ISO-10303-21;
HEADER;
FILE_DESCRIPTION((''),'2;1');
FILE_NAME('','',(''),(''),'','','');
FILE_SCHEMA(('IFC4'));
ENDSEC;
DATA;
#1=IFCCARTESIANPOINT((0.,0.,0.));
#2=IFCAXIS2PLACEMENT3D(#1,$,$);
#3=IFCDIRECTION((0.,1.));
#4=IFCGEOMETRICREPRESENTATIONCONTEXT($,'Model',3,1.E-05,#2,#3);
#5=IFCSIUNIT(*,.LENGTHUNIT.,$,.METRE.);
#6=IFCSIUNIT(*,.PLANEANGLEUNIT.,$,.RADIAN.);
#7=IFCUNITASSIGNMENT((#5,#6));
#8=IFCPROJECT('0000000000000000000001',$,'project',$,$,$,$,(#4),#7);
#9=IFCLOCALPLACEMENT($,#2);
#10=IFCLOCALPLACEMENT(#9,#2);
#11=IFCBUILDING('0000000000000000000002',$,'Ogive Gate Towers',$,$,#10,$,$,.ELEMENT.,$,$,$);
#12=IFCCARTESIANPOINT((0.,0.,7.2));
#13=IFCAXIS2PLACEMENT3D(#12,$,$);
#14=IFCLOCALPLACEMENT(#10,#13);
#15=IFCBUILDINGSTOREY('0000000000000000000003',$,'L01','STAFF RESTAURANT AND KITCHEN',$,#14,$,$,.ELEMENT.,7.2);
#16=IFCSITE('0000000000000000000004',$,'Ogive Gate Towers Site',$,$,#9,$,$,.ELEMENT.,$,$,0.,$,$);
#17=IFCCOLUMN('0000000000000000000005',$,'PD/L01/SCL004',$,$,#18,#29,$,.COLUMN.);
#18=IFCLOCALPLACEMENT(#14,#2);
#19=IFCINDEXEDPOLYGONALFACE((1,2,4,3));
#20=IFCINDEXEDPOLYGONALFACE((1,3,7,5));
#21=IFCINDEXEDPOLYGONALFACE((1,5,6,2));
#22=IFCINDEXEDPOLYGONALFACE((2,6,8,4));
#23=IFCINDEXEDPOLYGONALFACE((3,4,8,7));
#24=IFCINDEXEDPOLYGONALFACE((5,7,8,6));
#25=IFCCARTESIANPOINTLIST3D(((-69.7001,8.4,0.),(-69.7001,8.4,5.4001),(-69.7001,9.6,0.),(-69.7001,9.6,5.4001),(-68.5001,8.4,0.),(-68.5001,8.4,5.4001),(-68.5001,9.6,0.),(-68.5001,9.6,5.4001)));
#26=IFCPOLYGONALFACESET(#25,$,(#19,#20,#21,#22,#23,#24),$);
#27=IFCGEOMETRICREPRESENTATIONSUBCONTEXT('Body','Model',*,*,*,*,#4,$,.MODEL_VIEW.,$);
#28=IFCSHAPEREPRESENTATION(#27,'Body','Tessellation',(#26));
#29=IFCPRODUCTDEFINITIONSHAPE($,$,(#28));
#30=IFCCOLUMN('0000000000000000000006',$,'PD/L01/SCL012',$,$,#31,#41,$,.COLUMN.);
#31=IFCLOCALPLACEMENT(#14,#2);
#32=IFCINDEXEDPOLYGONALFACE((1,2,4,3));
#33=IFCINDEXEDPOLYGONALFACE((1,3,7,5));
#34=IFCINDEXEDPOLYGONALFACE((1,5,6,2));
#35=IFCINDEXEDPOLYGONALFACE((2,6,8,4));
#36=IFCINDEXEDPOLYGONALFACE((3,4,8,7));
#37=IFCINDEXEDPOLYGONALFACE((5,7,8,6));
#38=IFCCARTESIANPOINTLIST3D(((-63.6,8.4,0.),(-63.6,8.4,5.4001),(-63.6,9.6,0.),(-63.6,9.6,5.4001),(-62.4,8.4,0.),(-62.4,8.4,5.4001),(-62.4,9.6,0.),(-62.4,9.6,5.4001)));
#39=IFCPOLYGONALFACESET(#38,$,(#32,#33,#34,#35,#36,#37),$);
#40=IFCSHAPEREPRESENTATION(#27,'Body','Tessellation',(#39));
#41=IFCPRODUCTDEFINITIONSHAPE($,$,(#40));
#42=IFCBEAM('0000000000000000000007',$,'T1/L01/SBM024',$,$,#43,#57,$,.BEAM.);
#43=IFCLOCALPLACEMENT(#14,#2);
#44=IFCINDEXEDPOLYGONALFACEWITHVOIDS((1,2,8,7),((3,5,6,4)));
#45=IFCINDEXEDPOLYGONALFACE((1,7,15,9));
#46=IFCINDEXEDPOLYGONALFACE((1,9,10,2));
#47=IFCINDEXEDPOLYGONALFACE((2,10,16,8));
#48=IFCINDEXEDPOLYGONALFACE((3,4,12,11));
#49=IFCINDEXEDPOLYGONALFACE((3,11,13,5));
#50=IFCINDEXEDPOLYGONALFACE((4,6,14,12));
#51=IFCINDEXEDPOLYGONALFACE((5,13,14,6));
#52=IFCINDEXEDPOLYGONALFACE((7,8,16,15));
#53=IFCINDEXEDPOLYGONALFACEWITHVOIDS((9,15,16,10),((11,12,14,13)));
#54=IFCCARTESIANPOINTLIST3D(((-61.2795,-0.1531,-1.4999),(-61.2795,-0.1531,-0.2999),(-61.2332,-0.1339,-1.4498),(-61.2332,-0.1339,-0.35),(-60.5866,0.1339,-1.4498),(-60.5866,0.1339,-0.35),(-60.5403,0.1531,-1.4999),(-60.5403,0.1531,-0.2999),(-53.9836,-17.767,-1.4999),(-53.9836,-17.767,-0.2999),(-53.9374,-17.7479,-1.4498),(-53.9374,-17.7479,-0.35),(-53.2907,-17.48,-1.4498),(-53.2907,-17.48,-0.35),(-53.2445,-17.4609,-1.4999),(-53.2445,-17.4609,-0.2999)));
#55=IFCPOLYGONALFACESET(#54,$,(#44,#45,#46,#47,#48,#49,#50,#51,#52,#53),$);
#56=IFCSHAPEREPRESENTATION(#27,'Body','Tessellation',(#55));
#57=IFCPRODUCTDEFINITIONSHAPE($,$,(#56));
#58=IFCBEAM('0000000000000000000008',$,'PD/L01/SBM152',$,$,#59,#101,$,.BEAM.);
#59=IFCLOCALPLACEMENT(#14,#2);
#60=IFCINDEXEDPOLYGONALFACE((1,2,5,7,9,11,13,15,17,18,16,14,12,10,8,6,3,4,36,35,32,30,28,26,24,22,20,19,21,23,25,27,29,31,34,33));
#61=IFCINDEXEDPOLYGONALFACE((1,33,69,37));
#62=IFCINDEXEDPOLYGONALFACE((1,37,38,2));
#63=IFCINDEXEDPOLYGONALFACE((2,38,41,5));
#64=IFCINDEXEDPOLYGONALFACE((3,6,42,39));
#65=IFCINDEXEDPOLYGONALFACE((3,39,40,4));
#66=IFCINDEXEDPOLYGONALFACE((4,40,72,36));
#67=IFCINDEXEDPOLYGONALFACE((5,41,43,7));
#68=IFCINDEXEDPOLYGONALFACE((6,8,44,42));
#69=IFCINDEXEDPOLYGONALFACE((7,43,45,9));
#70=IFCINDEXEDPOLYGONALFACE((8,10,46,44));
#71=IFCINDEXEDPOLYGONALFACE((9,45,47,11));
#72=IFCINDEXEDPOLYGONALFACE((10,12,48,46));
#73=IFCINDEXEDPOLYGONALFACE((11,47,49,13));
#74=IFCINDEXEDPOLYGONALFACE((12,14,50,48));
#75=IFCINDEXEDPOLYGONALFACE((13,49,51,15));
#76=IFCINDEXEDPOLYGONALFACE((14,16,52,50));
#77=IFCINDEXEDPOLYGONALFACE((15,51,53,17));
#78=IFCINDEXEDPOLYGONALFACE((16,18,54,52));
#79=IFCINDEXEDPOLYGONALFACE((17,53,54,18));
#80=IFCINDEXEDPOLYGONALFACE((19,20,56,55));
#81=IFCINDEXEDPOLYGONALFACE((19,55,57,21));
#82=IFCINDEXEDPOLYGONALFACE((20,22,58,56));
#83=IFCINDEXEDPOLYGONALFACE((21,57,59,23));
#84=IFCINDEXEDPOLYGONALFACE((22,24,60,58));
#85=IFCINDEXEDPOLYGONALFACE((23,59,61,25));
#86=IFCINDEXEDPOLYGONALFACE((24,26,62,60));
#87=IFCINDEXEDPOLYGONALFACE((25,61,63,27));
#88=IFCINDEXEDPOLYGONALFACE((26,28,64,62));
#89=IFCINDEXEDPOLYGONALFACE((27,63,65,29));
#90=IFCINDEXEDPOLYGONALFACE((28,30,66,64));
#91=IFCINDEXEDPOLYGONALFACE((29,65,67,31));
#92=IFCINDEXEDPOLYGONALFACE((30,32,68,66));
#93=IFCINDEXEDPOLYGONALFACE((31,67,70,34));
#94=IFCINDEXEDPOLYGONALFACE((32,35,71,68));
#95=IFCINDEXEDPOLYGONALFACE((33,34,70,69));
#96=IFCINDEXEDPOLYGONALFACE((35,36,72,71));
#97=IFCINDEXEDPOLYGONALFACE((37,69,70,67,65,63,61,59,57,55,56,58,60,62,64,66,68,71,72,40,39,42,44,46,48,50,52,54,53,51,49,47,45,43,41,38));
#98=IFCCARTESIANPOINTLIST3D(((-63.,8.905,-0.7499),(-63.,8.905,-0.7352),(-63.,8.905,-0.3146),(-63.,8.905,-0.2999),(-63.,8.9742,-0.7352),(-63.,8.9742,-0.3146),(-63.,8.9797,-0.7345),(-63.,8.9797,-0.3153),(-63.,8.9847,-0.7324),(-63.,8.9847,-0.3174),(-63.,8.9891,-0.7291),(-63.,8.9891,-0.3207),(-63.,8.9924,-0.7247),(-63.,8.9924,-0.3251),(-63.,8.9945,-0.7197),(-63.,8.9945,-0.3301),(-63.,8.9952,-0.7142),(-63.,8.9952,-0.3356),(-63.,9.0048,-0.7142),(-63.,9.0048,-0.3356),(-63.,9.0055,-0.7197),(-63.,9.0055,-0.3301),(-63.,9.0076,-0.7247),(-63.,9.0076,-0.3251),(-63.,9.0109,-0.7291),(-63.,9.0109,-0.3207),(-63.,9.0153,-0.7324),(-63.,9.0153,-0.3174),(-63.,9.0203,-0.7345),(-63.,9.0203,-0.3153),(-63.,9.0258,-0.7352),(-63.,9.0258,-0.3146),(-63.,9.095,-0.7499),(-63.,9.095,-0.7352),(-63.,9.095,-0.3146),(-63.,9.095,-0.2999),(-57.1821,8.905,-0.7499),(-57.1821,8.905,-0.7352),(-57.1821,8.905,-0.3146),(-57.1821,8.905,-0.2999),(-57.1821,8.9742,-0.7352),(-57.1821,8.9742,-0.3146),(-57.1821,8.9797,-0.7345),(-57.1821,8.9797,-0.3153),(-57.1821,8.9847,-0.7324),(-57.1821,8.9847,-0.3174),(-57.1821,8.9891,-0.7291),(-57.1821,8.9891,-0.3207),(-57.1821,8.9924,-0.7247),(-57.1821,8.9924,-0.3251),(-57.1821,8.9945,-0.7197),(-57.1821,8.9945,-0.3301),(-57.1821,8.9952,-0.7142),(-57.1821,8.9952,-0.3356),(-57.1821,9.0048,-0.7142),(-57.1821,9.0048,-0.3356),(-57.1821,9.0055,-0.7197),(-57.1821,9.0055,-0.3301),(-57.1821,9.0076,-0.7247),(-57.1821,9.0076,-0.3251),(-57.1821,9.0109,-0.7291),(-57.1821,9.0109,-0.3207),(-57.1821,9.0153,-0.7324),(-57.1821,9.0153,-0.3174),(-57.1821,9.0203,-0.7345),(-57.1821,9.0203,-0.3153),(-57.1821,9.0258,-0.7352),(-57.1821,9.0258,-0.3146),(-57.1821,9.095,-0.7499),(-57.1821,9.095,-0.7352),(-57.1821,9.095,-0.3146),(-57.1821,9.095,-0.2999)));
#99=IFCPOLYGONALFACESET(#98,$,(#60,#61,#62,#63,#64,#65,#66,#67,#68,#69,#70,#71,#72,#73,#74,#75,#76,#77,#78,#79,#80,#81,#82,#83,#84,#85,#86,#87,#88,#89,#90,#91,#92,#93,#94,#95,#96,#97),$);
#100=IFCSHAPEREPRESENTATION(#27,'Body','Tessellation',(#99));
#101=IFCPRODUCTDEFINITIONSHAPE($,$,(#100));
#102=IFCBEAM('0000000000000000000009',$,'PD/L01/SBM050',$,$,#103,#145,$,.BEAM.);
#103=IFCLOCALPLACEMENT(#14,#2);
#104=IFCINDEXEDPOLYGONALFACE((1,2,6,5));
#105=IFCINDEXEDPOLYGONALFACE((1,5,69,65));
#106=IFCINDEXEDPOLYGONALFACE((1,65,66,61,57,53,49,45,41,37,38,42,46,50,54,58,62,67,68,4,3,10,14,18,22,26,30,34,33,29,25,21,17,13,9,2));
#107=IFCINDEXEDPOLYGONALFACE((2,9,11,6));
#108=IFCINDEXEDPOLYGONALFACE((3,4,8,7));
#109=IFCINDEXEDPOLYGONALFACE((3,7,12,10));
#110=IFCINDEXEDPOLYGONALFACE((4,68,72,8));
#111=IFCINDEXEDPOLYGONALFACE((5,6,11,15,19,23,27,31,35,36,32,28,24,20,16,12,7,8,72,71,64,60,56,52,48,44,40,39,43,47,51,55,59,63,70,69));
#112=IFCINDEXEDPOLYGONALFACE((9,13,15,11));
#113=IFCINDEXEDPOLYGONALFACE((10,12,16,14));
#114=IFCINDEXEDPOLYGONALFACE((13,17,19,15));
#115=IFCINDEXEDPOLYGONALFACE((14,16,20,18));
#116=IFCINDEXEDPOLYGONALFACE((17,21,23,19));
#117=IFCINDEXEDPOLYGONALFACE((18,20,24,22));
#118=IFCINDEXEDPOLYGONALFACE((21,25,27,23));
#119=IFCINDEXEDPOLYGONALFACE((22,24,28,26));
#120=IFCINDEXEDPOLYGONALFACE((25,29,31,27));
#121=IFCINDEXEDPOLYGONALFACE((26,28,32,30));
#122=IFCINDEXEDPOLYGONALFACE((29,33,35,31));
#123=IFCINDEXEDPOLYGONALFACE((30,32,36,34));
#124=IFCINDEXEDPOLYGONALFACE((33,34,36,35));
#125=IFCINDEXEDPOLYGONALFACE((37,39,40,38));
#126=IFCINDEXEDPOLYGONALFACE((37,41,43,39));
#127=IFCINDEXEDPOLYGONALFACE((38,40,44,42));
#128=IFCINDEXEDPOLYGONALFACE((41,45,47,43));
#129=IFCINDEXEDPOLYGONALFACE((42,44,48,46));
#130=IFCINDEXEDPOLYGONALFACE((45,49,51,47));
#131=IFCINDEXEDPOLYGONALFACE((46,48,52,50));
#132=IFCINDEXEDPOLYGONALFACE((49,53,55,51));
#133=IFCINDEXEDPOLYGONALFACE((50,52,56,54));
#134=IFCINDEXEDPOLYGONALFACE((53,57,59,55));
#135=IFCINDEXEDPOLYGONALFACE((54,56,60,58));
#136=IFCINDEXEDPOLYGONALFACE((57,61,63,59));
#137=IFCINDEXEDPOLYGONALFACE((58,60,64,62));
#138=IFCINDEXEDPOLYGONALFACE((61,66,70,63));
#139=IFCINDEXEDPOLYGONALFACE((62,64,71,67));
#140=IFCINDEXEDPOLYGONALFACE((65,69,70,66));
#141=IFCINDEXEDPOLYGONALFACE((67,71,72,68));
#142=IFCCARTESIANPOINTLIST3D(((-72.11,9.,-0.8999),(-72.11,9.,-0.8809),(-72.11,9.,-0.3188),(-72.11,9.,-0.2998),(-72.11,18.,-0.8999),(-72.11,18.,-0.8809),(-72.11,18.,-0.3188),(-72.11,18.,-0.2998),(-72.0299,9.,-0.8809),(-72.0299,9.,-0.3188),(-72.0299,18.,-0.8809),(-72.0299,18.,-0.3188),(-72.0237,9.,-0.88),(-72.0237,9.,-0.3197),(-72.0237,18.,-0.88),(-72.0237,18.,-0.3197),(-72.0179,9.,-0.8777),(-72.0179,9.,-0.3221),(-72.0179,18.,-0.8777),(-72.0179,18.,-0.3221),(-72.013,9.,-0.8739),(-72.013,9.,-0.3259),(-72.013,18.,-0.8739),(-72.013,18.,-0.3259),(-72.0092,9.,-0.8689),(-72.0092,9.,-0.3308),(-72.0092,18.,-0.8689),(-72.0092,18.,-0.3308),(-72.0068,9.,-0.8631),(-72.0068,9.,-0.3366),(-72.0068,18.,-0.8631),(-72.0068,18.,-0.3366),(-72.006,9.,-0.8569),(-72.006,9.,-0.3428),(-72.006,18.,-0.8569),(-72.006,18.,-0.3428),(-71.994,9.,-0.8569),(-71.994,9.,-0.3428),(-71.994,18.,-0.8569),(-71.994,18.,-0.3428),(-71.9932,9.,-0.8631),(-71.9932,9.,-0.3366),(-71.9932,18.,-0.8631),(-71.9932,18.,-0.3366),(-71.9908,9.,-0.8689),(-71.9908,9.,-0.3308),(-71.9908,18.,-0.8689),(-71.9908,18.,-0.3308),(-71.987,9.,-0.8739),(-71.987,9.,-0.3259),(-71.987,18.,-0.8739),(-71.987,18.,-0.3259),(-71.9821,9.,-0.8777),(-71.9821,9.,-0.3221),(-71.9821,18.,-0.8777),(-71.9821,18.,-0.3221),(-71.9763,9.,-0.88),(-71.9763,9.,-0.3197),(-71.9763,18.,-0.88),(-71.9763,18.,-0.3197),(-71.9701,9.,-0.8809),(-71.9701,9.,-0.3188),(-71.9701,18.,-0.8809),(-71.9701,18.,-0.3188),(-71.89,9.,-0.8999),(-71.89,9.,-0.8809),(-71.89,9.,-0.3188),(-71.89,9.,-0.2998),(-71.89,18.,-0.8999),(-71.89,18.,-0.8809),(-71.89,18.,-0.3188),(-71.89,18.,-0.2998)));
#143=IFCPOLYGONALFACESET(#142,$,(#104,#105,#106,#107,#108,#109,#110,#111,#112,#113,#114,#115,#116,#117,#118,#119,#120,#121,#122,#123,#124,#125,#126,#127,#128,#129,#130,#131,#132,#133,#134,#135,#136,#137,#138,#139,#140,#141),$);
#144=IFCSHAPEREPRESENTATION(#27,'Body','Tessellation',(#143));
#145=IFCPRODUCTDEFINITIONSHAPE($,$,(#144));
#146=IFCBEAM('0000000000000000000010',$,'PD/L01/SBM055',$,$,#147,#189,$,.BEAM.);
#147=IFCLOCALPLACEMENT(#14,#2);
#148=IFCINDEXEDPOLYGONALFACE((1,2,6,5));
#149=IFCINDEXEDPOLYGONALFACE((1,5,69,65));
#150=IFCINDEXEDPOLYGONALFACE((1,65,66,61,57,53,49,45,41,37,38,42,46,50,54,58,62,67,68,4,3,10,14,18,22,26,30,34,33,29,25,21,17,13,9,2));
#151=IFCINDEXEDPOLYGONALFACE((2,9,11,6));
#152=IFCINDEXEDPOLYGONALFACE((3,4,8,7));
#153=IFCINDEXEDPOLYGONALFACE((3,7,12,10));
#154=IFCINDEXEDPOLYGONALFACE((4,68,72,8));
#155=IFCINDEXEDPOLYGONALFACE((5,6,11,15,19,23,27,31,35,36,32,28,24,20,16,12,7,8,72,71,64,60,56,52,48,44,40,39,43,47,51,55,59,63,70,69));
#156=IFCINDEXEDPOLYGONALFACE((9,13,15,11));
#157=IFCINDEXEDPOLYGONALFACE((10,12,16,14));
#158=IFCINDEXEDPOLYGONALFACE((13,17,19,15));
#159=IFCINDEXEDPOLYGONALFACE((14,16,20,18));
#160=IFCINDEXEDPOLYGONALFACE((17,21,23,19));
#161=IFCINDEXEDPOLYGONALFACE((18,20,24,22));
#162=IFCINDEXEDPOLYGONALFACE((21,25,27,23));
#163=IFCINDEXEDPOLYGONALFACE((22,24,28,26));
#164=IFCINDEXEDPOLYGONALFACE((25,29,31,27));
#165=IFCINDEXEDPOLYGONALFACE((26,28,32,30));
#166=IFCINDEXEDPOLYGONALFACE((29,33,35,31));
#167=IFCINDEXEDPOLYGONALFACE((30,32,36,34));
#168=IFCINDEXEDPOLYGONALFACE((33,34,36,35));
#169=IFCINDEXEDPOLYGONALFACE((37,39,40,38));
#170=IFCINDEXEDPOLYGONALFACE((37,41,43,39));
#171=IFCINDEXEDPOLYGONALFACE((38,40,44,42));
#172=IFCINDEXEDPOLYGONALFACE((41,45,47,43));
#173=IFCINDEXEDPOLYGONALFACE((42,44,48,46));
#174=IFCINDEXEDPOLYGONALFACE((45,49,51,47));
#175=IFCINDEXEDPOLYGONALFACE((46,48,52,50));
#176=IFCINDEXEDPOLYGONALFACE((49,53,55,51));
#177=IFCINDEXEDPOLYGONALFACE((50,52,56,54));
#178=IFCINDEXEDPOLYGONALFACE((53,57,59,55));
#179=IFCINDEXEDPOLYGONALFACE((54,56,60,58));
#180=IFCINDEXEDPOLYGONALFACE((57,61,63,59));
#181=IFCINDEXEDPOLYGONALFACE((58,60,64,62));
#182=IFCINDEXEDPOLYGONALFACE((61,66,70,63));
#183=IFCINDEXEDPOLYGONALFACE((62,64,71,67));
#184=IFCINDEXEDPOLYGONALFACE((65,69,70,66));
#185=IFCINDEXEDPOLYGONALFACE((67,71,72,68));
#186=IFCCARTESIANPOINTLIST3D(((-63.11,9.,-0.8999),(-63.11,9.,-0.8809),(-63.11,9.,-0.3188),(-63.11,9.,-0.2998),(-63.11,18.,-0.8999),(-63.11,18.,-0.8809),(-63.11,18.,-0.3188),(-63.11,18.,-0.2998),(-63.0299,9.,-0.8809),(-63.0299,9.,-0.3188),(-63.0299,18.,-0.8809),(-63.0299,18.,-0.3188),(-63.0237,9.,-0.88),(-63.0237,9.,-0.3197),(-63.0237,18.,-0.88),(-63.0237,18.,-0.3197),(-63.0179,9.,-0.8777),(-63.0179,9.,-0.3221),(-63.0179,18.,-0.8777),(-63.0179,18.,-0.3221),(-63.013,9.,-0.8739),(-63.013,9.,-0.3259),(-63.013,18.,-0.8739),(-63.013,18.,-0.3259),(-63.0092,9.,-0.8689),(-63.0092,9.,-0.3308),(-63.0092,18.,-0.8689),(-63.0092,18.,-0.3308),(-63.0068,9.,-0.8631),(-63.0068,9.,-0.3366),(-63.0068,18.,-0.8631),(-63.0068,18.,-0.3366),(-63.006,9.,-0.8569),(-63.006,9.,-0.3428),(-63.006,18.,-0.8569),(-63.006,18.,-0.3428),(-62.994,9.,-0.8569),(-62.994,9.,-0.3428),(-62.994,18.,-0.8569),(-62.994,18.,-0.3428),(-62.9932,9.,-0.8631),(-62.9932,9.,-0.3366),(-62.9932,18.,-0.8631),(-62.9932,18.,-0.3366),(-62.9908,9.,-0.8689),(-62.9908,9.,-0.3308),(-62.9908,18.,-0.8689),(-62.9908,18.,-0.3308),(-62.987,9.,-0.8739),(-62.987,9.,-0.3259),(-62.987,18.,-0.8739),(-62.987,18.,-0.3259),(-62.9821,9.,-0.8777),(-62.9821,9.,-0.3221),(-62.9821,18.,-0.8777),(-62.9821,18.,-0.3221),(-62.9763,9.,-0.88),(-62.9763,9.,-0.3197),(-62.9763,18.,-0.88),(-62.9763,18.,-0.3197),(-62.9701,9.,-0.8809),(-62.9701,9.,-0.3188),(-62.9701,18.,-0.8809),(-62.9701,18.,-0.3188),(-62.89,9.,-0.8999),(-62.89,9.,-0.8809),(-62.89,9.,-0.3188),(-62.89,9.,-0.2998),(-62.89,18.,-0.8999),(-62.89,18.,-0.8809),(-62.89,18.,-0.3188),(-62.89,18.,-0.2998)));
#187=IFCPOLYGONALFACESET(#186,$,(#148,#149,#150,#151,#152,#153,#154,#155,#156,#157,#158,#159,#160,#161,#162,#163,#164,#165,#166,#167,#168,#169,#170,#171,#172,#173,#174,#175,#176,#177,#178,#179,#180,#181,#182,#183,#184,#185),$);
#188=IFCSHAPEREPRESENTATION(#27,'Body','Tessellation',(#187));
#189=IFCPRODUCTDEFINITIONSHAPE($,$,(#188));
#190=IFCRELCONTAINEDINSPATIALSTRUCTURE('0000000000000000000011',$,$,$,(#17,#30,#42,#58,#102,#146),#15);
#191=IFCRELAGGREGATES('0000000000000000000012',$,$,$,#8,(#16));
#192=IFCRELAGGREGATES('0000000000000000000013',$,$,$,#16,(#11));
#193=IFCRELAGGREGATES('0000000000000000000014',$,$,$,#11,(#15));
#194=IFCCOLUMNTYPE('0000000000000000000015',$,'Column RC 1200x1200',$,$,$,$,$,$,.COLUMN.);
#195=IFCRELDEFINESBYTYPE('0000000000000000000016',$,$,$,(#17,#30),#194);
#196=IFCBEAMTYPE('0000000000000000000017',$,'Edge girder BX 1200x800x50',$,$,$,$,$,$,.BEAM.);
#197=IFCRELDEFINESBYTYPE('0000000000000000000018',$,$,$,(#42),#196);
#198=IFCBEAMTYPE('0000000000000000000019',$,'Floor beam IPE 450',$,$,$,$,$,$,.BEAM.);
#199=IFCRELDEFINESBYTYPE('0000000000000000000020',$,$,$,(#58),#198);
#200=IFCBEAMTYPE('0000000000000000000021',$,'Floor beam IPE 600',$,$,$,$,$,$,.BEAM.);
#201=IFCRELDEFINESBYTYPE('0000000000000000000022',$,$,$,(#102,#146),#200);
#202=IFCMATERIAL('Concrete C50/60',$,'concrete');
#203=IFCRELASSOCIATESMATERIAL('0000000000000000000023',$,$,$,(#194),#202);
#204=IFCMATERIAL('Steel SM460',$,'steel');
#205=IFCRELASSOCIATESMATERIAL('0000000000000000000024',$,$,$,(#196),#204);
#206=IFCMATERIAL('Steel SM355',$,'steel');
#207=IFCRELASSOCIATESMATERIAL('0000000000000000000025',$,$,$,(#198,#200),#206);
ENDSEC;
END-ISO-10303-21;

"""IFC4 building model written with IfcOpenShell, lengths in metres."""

from ifc_helpers import new_model, si_unit, direction, frame, origin, origin_2d, place, context, subcontext, project, spatial, rectangle, hollow_rectangle, i_section, extrude, material, material_profile, profile_set, type_object, element, save


model = new_model("IFC4")

# Units and contexts
model_context = context("Model", 3, precision=1e-05, world=origin(), true_north=direction((0.0, 1.0)))
body_context = subcontext(model_context, "Body", "Model", "MODEL_VIEW")
ifc_project = project(units=[si_unit("LENGTHUNIT", "METRE"), si_unit("PLANEANGLEUNIT", "RADIAN")], contexts=[model_context])

# Site, building, storey
site_placement = place(None, origin())
site = spatial("IfcSite", under=ifc_project, at=site_placement, Name="Ogive Gate Towers Site", CompositionType="ELEMENT", RefElevation=0.0)
building_placement = place(site_placement, origin())
building = spatial("IfcBuilding", under=site, at=building_placement, Name="Ogive Gate Towers", CompositionType="ELEMENT")
storey_placement = place(building_placement, frame((0.0, 0.0, 7.2)))
storey = spatial("IfcBuildingStorey", under=building, at=storey_placement, Name="L01", Description="STAFF RESTAURANT AND KITCHEN", CompositionType="ELEMENT", Elevation=7.2)

# Columns
ifc_material_1 = material(Name="Concrete C50/60", Category="concrete")
ifc_material_profile_1 = material_profile(ifc_material_1, rectangle(XDim=1.2, YDim=1.2, at=origin_2d()), Name="RC 1200x1200")
ifc_profile_set_1 = profile_set([ifc_material_profile_1], Name="Concrete C50/60")
column_type = type_object("IfcColumnType", Name="Column RC 1200x1200", PredefinedType="COLUMN", material=ifc_profile_set_1)
for number, where, z_axis, x_axis, name in (
    (1, (-69.1001, 9.0, 0.0), (0.0, 0.0, 1.0), (1.0, 0.0, 0.0), "PD/L01/SCL004"),
    (2, (-63.0, 9.0, 0.0), (0.0, 0.0, 1.0), (1.0, 0.0, 0.0), "PD/L01/SCL012"),
):
    element("IfcColumn", number, at=place(storey_placement, frame(where, z_axis=z_axis, x_axis=x_axis)), inside=storey, type_object=column_type, Name=name, PredefinedType="COLUMN", context=body_context, shape_type="SweptSolid", body=[
        extrude(rectangle(XDim=1.2, YDim=1.2, at=origin_2d()), origin(), (0.0, 0.0, 1.0), 5.4001),
    ])

# Beams
ifc_material_2 = material(Name="Steel SM460", Category="steel")
ifc_material_profile_2 = material_profile(ifc_material_2, hollow_rectangle(XDim=0.8, YDim=1.2, WallThickness=0.05, at=origin_2d()), Name="BX 1200x800x50")
ifc_profile_set_2 = profile_set([ifc_material_profile_2], Name="Steel SM460")
beam_type_1 = type_object("IfcBeamType", Name="Edge girder BX 1200x800x50", PredefinedType="BEAM", material=ifc_profile_set_2)
beam_1_placement = place(storey_placement, frame((-60.9099, 0.0, -0.8999), z_axis=(0.382681, -0.923881, 0.0), x_axis=(0.923881, 0.382681, 0.0)))
element("IfcBeam", 3, at=beam_1_placement, inside=storey, type_object=beam_type_1, Name="T1/L01/SBM024", PredefinedType="BEAM", context=body_context, shape_type="SweptSolid", body=[
    extrude(hollow_rectangle(XDim=0.8, YDim=1.2, WallThickness=0.05, at=origin_2d()), origin(), (0.0, 0.0, 1.0), 19.0652),
])
ifc_material_3 = material(Name="Steel SM355", Category="steel")
ifc_material_profile_3 = material_profile(ifc_material_3, i_section(OverallWidth=0.1899, OverallDepth=0.45, WebThickness=0.0095, FlangeThickness=0.0146, FilletRadius=0.021, at=origin_2d()), Name="IPE 450")
ifc_profile_set_3 = profile_set([ifc_material_profile_3], Name="Steel SM355")
beam_type_2 = type_object("IfcBeamType", Name="Floor beam IPE 450", PredefinedType="BEAM", material=ifc_profile_set_3)
beam_2_placement = place(storey_placement, frame((-63.0, 9.0, -0.5249), z_axis=(1.0, 0.0, 0.0), x_axis=(0.0, 1.0, 0.0)))
element("IfcBeam", 4, at=beam_2_placement, inside=storey, type_object=beam_type_2, Name="PD/L01/SBM152", PredefinedType="BEAM", context=body_context, shape_type="SweptSolid", body=[
    extrude(i_section(OverallWidth=0.1899, OverallDepth=0.45, WebThickness=0.0095, FlangeThickness=0.0146, FilletRadius=0.021, at=origin_2d()), origin(), (0.0, 0.0, 1.0), 5.8179),
])
ifc_material_profile_4 = material_profile(ifc_material_3, i_section(OverallWidth=0.22, OverallDepth=0.6001, WebThickness=0.012, FlangeThickness=0.019, FilletRadius=0.0239, at=origin_2d()), Name="IPE 600")
ifc_profile_set_4 = profile_set([ifc_material_profile_4], Name="Steel SM355")
beam_type_3 = type_object("IfcBeamType", Name="Floor beam IPE 600", PredefinedType="BEAM", material=ifc_profile_set_4)
for number, where, z_axis, x_axis, name in (
    (5, (-72.0, 9.0, -0.5999), (0.0, 1.0, 0.0), (-1.0, 0.0, 0.0), "PD/L01/SBM050"),
    (6, (-63.0, 9.0, -0.5999), (0.0, 1.0, 0.0), (-1.0, 0.0, 0.0), "PD/L01/SBM055"),
):
    element("IfcBeam", number, at=place(storey_placement, frame(where, z_axis=z_axis, x_axis=x_axis)), inside=storey, type_object=beam_type_3, Name=name, PredefinedType="BEAM", context=body_context, shape_type="SweptSolid", body=[
        extrude(i_section(OverallWidth=0.22, OverallDepth=0.6001, WebThickness=0.012, FlangeThickness=0.019, FilletRadius=0.0239, at=origin_2d()), origin(), (0.0, 0.0, 1.0), 9.0),
    ])

save(model, "model.ifc")
